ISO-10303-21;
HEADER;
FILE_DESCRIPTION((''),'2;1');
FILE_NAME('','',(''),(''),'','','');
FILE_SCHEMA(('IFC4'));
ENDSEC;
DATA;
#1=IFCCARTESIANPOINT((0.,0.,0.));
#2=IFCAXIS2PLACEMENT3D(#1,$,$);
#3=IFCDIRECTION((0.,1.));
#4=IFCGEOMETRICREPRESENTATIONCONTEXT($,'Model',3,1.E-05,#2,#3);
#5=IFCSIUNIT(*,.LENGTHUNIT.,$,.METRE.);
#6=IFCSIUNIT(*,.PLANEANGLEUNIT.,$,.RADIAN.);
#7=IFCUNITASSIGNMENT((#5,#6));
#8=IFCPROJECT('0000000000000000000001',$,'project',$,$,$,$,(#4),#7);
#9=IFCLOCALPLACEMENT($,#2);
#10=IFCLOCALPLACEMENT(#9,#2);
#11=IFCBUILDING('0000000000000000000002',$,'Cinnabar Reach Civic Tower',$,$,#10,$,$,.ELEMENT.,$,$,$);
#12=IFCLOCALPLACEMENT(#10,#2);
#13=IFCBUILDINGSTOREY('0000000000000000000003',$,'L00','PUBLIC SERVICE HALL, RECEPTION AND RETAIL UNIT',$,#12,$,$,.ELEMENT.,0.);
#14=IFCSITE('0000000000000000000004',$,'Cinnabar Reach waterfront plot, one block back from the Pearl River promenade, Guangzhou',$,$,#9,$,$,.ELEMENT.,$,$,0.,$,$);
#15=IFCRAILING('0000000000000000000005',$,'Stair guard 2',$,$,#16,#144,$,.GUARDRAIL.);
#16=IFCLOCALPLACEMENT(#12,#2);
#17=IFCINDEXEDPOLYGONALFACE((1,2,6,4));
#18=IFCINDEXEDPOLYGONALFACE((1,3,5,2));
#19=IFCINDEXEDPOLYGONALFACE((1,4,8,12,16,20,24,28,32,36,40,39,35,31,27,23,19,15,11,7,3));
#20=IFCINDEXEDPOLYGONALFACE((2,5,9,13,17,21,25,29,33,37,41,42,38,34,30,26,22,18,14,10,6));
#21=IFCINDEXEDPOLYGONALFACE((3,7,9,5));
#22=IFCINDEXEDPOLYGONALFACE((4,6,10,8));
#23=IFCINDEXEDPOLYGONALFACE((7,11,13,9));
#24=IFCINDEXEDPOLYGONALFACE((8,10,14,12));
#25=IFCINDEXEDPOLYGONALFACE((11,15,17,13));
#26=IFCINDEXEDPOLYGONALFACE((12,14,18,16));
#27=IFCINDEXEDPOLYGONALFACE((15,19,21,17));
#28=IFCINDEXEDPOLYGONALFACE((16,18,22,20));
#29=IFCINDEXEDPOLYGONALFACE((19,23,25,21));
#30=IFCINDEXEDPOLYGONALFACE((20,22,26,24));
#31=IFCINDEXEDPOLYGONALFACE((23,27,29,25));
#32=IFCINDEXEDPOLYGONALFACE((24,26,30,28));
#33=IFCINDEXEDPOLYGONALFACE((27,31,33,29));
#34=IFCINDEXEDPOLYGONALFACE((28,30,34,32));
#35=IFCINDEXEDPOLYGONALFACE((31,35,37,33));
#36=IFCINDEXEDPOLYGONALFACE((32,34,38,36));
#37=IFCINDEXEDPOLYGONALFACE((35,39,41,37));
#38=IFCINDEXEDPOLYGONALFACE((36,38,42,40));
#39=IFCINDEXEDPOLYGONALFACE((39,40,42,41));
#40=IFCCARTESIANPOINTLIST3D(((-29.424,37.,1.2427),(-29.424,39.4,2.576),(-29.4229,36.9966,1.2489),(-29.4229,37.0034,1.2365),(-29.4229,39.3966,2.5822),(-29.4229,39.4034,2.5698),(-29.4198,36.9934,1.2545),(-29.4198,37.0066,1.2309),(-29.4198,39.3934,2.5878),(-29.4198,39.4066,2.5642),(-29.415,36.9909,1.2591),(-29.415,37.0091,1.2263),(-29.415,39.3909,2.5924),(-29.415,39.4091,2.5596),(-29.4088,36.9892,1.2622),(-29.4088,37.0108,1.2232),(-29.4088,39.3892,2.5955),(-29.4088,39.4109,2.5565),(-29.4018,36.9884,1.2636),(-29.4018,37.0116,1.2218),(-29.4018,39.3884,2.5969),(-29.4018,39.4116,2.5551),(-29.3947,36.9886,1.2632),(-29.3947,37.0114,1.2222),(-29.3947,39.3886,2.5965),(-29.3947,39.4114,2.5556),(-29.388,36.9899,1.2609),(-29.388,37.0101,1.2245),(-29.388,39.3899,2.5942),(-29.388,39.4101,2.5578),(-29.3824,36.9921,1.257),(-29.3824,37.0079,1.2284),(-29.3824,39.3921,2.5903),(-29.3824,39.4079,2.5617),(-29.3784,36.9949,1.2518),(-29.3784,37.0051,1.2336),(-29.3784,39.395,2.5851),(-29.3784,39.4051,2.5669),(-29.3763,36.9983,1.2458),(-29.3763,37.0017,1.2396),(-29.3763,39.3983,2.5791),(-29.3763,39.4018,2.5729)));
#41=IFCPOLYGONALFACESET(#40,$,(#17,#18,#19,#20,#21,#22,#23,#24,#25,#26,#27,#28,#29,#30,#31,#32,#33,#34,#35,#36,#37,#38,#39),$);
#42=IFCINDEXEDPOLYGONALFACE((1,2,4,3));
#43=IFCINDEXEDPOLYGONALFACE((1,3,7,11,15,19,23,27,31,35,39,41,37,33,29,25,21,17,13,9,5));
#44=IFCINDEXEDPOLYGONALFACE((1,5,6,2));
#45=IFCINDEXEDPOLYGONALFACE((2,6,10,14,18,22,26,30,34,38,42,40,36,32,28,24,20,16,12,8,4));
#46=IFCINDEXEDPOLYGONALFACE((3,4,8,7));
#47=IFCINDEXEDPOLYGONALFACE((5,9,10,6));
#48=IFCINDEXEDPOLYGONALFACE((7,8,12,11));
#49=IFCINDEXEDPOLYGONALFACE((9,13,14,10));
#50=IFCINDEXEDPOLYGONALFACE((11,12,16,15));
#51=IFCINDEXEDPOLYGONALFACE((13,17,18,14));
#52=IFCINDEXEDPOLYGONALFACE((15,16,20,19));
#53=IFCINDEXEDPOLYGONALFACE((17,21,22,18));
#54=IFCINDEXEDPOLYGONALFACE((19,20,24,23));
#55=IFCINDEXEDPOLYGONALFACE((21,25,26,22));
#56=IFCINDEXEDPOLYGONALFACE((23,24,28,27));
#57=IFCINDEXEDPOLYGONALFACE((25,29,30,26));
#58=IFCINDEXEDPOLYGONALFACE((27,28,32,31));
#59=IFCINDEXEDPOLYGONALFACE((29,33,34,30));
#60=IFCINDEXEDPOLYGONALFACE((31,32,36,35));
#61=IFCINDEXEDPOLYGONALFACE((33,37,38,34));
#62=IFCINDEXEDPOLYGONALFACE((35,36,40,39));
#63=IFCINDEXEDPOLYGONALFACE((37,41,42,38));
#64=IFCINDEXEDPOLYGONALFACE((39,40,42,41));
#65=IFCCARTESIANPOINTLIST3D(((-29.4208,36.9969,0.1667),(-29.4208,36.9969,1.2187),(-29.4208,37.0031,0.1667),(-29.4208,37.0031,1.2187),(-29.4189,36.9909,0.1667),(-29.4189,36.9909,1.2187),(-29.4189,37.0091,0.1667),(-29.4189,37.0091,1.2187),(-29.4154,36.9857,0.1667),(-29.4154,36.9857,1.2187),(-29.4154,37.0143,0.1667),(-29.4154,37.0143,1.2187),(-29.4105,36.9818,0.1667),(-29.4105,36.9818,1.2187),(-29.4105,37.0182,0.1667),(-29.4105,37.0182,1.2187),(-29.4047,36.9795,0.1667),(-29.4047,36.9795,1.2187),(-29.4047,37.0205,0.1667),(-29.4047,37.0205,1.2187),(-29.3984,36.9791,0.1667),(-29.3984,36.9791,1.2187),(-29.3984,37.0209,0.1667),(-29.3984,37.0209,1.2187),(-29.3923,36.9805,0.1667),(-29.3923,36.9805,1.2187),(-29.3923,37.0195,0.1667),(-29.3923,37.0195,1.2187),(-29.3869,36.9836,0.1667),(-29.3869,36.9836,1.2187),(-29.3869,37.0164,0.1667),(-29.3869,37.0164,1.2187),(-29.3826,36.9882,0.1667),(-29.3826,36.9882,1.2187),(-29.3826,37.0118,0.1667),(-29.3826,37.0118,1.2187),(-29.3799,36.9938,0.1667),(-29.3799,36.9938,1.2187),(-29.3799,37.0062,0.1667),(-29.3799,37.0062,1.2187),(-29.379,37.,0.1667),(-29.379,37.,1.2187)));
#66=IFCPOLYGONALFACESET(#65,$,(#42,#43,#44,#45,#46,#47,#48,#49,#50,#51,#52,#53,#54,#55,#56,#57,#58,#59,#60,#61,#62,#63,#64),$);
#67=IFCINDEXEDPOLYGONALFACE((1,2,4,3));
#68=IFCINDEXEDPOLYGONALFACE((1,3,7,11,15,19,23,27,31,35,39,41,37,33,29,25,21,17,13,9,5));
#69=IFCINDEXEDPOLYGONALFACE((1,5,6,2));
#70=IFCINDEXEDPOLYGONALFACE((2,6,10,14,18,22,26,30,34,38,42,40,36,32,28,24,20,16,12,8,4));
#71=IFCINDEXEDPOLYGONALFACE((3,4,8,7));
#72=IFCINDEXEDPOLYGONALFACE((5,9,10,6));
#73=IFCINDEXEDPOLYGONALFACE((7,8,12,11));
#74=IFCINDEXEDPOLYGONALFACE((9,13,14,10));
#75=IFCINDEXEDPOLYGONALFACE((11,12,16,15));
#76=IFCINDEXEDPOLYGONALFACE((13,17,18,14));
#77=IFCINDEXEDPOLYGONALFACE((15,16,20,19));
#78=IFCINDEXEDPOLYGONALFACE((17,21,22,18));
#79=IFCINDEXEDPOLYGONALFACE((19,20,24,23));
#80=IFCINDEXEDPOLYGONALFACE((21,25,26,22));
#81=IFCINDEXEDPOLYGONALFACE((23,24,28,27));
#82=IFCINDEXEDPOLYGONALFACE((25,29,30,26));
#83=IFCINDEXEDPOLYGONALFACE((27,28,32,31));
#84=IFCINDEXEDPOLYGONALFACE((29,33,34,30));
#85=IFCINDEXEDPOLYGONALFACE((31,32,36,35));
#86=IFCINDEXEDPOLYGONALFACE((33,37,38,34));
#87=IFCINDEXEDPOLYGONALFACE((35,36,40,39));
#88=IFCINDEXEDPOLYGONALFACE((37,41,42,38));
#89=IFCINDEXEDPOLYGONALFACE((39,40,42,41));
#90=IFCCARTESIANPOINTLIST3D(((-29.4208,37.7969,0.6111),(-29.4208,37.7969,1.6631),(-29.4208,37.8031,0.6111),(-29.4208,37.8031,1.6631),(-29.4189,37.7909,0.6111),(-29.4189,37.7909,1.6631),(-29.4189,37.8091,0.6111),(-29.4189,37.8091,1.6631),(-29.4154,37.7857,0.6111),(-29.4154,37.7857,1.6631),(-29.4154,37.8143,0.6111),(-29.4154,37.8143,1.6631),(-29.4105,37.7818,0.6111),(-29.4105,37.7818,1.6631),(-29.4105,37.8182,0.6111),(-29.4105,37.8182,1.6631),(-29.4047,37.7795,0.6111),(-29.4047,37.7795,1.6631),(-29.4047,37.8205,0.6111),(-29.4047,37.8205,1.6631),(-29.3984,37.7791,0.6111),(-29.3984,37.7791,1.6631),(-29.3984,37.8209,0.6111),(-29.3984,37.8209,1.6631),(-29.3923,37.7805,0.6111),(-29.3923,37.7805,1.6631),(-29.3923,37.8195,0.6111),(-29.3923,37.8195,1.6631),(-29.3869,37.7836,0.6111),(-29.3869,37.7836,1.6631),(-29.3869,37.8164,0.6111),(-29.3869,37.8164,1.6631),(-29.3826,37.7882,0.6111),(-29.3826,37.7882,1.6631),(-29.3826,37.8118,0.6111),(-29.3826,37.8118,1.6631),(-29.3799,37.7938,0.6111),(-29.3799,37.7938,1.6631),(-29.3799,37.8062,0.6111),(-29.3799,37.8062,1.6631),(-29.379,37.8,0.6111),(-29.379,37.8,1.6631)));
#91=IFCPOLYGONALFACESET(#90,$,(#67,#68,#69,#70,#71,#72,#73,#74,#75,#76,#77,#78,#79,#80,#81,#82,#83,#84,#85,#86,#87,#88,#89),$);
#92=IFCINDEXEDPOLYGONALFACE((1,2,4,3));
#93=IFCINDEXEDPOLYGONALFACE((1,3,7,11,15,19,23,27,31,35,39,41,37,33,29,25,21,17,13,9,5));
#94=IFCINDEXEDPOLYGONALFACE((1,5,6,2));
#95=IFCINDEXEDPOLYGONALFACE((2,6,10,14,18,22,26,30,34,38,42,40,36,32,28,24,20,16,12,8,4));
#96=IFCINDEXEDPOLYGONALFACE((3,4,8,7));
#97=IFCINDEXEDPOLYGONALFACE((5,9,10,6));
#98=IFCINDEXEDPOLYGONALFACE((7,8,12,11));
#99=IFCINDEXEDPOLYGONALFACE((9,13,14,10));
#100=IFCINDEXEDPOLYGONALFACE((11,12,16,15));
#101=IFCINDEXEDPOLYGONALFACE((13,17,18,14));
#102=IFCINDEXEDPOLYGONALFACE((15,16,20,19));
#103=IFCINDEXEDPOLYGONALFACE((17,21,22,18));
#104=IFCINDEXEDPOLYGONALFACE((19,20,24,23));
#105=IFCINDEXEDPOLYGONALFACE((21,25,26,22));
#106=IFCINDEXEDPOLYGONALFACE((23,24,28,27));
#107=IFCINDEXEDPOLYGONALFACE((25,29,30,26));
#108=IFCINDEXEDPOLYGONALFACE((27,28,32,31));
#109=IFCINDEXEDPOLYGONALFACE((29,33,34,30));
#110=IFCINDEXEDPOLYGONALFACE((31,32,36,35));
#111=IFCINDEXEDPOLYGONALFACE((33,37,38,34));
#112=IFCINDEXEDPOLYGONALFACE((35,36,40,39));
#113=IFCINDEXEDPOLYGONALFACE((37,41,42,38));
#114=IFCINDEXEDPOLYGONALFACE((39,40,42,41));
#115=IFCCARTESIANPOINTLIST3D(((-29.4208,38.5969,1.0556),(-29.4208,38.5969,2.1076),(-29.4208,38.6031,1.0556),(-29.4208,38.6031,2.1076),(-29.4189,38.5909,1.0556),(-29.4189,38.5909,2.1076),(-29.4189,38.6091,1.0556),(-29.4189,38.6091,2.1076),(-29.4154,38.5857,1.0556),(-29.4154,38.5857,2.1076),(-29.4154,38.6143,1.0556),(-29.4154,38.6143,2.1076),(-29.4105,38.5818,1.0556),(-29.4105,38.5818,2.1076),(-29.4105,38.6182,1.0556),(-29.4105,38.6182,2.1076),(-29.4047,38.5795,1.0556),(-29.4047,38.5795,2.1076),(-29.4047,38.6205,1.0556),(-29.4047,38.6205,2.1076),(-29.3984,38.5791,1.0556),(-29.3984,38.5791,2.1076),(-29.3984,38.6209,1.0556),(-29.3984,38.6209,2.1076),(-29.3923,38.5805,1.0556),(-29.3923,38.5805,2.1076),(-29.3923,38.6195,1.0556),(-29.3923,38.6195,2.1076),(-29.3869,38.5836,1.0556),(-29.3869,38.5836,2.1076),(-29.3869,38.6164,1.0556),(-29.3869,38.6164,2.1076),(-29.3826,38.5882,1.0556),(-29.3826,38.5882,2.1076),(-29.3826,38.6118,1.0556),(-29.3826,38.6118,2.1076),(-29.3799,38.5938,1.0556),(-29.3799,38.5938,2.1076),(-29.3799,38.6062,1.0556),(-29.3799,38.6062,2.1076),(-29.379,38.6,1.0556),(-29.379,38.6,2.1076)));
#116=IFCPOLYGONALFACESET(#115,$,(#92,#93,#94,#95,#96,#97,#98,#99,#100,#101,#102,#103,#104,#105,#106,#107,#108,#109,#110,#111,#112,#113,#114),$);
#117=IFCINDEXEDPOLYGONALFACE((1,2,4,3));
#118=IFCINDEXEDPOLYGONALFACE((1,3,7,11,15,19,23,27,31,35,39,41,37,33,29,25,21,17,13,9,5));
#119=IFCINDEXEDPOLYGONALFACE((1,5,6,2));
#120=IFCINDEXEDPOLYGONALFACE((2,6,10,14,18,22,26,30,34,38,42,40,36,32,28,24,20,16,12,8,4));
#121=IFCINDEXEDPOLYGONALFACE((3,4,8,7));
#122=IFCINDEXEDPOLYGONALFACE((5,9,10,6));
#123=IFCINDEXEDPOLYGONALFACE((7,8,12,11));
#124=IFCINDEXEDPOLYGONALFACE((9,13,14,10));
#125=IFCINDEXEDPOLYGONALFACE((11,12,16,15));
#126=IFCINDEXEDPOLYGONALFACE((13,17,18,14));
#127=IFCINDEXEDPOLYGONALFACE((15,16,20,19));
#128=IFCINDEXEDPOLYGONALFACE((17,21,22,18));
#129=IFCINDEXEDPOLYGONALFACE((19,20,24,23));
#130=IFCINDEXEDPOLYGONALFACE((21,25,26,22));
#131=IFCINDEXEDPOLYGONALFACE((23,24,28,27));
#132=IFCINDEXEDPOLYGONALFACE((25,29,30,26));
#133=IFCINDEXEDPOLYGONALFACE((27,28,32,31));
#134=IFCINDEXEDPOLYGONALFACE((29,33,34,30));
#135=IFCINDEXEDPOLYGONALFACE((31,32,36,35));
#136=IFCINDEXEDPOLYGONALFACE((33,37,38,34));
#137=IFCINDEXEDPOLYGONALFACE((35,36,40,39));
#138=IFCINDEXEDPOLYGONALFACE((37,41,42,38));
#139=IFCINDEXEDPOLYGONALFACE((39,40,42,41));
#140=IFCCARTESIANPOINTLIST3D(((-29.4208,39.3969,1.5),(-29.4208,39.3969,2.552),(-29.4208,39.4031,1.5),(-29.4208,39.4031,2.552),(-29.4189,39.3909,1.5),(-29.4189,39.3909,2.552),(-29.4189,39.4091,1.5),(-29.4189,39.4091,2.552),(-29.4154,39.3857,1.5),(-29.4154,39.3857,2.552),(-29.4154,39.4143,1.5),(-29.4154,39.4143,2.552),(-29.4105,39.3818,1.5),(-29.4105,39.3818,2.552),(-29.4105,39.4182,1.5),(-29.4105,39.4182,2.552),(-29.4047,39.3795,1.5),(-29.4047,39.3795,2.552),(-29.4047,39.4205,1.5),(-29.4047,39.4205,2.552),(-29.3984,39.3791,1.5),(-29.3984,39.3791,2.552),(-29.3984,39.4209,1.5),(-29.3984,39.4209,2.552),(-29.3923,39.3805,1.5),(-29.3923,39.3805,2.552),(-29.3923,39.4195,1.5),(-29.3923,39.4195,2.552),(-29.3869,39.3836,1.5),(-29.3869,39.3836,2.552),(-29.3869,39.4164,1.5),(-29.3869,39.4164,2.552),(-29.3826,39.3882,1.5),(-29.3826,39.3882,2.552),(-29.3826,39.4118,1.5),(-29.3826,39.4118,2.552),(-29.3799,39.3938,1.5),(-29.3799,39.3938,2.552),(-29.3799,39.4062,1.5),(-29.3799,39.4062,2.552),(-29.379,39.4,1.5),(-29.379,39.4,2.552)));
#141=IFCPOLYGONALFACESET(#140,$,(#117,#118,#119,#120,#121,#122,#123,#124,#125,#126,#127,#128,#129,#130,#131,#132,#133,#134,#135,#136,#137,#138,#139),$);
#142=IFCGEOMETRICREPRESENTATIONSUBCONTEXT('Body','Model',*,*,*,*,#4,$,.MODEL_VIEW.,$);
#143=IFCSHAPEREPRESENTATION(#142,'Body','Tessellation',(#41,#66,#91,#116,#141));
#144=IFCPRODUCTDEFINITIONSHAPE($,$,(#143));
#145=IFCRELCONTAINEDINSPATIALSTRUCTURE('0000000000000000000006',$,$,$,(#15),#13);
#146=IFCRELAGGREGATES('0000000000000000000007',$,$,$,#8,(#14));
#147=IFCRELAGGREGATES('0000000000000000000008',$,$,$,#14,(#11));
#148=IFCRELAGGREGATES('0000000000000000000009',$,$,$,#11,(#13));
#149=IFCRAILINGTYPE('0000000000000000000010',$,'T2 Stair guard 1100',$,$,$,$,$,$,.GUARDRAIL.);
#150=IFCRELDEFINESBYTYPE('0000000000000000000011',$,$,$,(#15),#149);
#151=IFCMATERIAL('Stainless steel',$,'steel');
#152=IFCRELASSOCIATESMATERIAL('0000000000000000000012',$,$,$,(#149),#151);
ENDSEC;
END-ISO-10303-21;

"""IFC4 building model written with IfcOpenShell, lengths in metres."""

from ifc_helpers import new_model, si_unit, direction, frame, origin, origin_2d, place, context, subcontext, project, spatial, circle, extrude, material, type_object, element, save


model = new_model("IFC4")

# Units and contexts
model_context = context("Model", 3, precision=1e-05, world=origin(), true_north=direction((0.0, 1.0)))
body_context = subcontext(model_context, "Body", "Model", "MODEL_VIEW")
ifc_project = project(units=[si_unit("LENGTHUNIT", "METRE"), si_unit("PLANEANGLEUNIT", "RADIAN")], contexts=[model_context])

# Site, building, storey
site_placement = place(None, origin())
site = spatial("IfcSite", under=ifc_project, at=site_placement, Name="Cinnabar Reach waterfront plot, one block back from the Pearl River promenade, Guangzhou", CompositionType="ELEMENT", RefElevation=0.0)
building_placement = place(site_placement, origin())
building = spatial("IfcBuilding", under=site, at=building_placement, Name="Cinnabar Reach Civic Tower", CompositionType="ELEMENT")
storey_placement = place(building_placement, origin())
storey = spatial("IfcBuildingStorey", under=building, at=storey_placement, Name="L00", Description="PUBLIC SERVICE HALL, RECEPTION AND RETAIL UNIT", CompositionType="ELEMENT", Elevation=0.0)

# Railing
ifc_material_1 = material(Name="Stainless steel", Category="steel")
railing_type = type_object("IfcRailingType", Name="T2 Stair guard 1100", PredefinedType="GUARDRAIL", material=ifc_material_1)
railing_1_placement = place(storey_placement, frame((-29.4, 37.0, 0.1667)))
element("IfcRailing", 1, at=railing_1_placement, inside=storey, type_object=railing_type, Name="Stair guard 2", PredefinedType="GUARDRAIL", context=body_context, shape_type="SweptSolid", body=[
    extrude(circle(Radius=0.024, at=origin_2d()), frame((0.0, 0.0, 1.076), z_axis=(0.0, 0.874162, 0.485634), x_axis=(-1.0, 0.0, 0.0)), (0.0, 0.0, 1.0), 2.7455),
    extrude(circle(Radius=0.021, at=origin_2d()), origin(), (0.0, 0.0, 1.0), 1.052),
    extrude(circle(Radius=0.021, at=origin_2d()), frame((0.0, 0.8, 0.4444)), (0.0, 0.0, 1.0), 1.052),
    extrude(circle(Radius=0.021, at=origin_2d()), frame((0.0, 1.6, 0.8889)), (0.0, 0.0, 1.0), 1.052),
    extrude(circle(Radius=0.021, at=origin_2d()), frame((0.0, 2.4, 1.3333)), (0.0, 0.0, 1.0), 1.052),
])

save(model, "model.ifc")
